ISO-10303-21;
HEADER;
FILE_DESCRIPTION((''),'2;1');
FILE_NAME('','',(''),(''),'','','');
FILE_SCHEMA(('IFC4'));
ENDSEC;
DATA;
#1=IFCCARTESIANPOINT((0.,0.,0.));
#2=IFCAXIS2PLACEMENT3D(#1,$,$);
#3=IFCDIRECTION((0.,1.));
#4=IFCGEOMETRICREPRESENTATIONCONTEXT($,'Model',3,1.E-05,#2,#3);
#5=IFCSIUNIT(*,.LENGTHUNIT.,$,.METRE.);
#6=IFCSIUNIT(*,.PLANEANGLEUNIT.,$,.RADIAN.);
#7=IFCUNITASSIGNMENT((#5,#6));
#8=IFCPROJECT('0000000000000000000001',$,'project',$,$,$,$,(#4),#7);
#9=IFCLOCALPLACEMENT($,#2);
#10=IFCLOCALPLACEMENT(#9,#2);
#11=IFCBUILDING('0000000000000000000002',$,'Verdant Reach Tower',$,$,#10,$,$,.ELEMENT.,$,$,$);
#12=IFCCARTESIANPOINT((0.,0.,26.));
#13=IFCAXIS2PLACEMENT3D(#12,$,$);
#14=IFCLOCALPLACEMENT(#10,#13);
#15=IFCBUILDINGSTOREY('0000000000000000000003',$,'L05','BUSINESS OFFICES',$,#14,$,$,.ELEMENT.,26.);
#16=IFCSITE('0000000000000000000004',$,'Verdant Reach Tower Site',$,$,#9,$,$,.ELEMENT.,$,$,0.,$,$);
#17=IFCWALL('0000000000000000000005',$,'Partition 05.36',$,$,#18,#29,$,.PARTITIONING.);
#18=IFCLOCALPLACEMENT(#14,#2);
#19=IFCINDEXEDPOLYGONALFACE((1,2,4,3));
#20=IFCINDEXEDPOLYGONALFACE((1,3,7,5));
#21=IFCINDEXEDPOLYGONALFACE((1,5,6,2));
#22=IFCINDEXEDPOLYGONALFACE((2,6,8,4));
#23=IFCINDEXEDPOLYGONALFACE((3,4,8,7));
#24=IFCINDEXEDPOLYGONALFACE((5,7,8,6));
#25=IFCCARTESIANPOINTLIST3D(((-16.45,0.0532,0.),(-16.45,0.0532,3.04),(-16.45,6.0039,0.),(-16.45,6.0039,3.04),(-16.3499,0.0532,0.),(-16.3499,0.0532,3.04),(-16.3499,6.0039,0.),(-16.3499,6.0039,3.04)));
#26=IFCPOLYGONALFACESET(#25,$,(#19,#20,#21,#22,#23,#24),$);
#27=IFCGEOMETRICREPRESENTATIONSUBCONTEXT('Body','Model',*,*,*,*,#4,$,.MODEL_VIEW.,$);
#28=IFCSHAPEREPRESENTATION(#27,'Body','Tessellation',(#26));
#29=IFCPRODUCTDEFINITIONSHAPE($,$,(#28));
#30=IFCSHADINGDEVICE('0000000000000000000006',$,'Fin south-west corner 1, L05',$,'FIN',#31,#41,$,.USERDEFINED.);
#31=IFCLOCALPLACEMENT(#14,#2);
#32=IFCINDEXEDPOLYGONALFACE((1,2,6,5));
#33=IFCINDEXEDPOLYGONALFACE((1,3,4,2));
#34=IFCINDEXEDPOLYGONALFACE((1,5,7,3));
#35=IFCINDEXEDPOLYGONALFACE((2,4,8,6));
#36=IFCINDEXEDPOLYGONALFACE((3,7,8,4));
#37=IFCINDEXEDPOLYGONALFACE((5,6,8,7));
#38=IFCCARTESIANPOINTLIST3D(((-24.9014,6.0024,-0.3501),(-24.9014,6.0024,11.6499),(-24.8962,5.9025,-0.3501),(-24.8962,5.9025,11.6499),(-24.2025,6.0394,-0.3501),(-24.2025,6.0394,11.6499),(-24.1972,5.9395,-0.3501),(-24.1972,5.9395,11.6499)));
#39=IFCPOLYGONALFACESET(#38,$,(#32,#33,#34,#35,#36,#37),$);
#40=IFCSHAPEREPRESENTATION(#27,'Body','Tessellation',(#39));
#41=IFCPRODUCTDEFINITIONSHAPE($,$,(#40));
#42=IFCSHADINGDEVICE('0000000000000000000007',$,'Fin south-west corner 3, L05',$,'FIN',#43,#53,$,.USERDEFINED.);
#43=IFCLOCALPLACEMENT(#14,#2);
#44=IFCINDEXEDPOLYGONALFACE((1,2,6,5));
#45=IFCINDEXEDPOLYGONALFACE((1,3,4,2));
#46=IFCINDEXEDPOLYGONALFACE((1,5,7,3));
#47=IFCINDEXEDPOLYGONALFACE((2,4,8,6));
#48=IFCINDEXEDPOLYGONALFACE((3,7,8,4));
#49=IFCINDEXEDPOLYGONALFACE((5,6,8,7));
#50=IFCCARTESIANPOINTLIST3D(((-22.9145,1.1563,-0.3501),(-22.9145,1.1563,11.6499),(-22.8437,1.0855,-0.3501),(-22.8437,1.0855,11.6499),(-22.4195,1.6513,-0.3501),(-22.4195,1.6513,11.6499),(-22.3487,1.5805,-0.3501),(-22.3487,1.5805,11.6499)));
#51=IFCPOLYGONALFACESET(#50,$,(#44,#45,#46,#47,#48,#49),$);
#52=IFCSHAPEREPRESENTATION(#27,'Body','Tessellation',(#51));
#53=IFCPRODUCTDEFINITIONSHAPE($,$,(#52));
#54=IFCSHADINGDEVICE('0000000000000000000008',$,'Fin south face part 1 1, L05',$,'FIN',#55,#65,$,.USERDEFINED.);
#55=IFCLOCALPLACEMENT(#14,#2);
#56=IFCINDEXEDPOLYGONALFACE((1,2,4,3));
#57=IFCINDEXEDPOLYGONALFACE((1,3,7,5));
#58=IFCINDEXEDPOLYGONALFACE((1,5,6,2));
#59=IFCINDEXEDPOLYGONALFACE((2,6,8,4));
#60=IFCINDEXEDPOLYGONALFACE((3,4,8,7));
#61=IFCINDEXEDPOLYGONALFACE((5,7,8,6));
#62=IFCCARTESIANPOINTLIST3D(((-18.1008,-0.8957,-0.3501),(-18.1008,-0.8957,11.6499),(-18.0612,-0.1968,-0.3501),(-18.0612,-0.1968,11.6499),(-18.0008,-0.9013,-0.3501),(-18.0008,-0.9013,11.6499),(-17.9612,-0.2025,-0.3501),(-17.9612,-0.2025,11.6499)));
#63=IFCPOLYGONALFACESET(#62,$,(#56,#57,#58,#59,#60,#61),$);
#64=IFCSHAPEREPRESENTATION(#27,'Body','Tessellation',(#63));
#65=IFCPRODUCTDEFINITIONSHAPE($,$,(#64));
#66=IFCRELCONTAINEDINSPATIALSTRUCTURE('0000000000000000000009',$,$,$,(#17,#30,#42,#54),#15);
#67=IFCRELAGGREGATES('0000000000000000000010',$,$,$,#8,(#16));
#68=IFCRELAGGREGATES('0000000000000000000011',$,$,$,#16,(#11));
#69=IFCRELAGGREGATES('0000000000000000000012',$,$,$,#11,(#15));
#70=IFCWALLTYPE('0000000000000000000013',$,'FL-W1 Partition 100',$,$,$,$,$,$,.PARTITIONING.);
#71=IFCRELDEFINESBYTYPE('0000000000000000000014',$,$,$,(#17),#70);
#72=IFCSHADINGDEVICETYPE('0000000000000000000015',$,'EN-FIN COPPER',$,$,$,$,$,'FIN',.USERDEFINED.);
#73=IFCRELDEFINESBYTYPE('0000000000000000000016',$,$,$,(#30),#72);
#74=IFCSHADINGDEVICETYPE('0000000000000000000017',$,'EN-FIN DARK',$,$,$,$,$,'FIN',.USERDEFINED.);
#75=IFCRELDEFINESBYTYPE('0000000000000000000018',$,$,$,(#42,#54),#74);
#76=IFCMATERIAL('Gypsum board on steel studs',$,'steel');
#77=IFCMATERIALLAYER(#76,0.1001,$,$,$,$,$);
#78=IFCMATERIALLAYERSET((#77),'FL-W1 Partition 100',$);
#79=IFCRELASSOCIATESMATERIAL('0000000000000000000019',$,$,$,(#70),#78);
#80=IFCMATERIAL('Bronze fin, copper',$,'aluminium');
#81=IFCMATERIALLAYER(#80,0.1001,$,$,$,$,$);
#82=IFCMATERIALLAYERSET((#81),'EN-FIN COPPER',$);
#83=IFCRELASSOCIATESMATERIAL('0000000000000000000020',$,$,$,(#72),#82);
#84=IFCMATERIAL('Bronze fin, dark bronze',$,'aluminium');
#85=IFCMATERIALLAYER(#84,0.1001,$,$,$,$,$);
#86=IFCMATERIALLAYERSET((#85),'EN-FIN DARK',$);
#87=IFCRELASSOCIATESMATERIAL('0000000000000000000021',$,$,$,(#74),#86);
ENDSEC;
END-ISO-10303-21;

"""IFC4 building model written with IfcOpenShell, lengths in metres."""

from ifc_helpers import new_model, si_unit, direction, frame, frame_2d, origin, origin_2d, place, context, subcontext, project, spatial, rectangle, extrude, material, layer, layer_set, type_object, element, save


model = new_model("IFC4")

# Units and contexts
model_context = context("Model", 3, precision=1e-05, world=origin(), true_north=direction((0.0, 1.0)))
body_context = subcontext(model_context, "Body", "Model", "MODEL_VIEW")
ifc_project = project(units=[si_unit("LENGTHUNIT", "METRE"), si_unit("PLANEANGLEUNIT", "RADIAN")], contexts=[model_context])

# Site, building, storey
site_placement = place(None, origin())
site = spatial("IfcSite", under=ifc_project, at=site_placement, Name="Verdant Reach Tower Site", CompositionType="ELEMENT", RefElevation=0.0)
building_placement = place(site_placement, origin())
building = spatial("IfcBuilding", under=site, at=building_placement, Name="Verdant Reach Tower", CompositionType="ELEMENT")
storey_placement = place(building_placement, frame((0.0, 0.0, 26.0)))
storey = spatial("IfcBuildingStorey", under=building, at=storey_placement, Name="L05", Description="BUSINESS OFFICES", CompositionType="ELEMENT", Elevation=26.0)

# Wall
ifc_material_1 = material(Name="Gypsum board on steel studs", Category="steel")
ifc_layer_1 = layer(ifc_material_1, 0.1001)
ifc_layer_set_1 = layer_set([ifc_layer_1], Name="FL-W1 Partition 100")
wall_type = type_object("IfcWallType", Name="FL-W1 Partition 100", PredefinedType="PARTITIONING", material=ifc_layer_set_1)
wall_placement = place(storey_placement, frame((-16.3999, 6.0039, 0.0), z_axis=(0.0, 0.0, 1.0), x_axis=(0.0, -1.0, 0.0)))
element("IfcWall", 1, at=wall_placement, inside=storey, type_object=wall_type, Name="Partition 05.36", PredefinedType="PARTITIONING", context=body_context, shape_type="SweptSolid", body=[
    extrude(rectangle(XDim=5.9507, YDim=0.1001, at=frame_2d((2.9753, 0.0))), origin(), (0.0, 0.0, 1.0), 3.04),
])

# Shading devices
ifc_material_2 = material(Name="Bronze fin, copper", Category="aluminium")
ifc_layer_2 = layer(ifc_material_2, 0.1001)
ifc_layer_set_2 = layer_set([ifc_layer_2], Name="EN-FIN COPPER")
shading_device_type_1 = type_object("IfcShadingDeviceType", Name="EN-FIN COPPER", ElementType="FIN", PredefinedType="USERDEFINED", material=ifc_layer_set_2)
shading_device_placement = place(storey_placement, frame((-24.5493, 5.9709, -0.3501), z_axis=(0.0, 0.0, 1.0), x_axis=(0.052815, -0.998604, 0.0)))
element("IfcShadingDevice", 2, at=shading_device_placement, inside=storey, type_object=shading_device_type_1, Name="Fin south-west corner 1, L05", ObjectType="FIN", PredefinedType="USERDEFINED", context=body_context, shape_type="SweptSolid", body=[
    extrude(rectangle(XDim=0.1001, YDim=0.7, at=origin_2d()), origin(), (0.0, 0.0, 1.0), 12.0),
])
ifc_material_3 = material(Name="Bronze fin, dark bronze", Category="aluminium")
ifc_layer_3 = layer(ifc_material_3, 0.1001)
ifc_layer_set_3 = layer_set([ifc_layer_3], Name="EN-FIN DARK")
shading_device_type_2 = type_object("IfcShadingDeviceType", Name="EN-FIN DARK", ElementType="FIN", PredefinedType="USERDEFINED", material=ifc_layer_set_3)
for number, where, z_axis, x_axis, name in (
    (3, (-22.6316, 1.3684, -0.3501), (0.0, 0.0, 1.0), (0.707107, -0.707107, 0.0), "Fin south-west corner 3, L05"),
    (4, (-18.031, -0.5491, -0.3501), (0.0, 0.0, 1.0), (0.998399, -0.056569, 0.0), "Fin south face part 1 1, L05"),
):
    element("IfcShadingDevice", number, at=place(storey_placement, frame(where, z_axis=z_axis, x_axis=x_axis)), inside=storey, type_object=shading_device_type_2, Name=name, ObjectType="FIN", PredefinedType="USERDEFINED", context=body_context, shape_type="SweptSolid", body=[
        extrude(rectangle(XDim=0.1001, YDim=0.7, at=origin_2d()), origin(), (0.0, 0.0, 1.0), 12.0),
    ])

save(model, "model.ifc")
